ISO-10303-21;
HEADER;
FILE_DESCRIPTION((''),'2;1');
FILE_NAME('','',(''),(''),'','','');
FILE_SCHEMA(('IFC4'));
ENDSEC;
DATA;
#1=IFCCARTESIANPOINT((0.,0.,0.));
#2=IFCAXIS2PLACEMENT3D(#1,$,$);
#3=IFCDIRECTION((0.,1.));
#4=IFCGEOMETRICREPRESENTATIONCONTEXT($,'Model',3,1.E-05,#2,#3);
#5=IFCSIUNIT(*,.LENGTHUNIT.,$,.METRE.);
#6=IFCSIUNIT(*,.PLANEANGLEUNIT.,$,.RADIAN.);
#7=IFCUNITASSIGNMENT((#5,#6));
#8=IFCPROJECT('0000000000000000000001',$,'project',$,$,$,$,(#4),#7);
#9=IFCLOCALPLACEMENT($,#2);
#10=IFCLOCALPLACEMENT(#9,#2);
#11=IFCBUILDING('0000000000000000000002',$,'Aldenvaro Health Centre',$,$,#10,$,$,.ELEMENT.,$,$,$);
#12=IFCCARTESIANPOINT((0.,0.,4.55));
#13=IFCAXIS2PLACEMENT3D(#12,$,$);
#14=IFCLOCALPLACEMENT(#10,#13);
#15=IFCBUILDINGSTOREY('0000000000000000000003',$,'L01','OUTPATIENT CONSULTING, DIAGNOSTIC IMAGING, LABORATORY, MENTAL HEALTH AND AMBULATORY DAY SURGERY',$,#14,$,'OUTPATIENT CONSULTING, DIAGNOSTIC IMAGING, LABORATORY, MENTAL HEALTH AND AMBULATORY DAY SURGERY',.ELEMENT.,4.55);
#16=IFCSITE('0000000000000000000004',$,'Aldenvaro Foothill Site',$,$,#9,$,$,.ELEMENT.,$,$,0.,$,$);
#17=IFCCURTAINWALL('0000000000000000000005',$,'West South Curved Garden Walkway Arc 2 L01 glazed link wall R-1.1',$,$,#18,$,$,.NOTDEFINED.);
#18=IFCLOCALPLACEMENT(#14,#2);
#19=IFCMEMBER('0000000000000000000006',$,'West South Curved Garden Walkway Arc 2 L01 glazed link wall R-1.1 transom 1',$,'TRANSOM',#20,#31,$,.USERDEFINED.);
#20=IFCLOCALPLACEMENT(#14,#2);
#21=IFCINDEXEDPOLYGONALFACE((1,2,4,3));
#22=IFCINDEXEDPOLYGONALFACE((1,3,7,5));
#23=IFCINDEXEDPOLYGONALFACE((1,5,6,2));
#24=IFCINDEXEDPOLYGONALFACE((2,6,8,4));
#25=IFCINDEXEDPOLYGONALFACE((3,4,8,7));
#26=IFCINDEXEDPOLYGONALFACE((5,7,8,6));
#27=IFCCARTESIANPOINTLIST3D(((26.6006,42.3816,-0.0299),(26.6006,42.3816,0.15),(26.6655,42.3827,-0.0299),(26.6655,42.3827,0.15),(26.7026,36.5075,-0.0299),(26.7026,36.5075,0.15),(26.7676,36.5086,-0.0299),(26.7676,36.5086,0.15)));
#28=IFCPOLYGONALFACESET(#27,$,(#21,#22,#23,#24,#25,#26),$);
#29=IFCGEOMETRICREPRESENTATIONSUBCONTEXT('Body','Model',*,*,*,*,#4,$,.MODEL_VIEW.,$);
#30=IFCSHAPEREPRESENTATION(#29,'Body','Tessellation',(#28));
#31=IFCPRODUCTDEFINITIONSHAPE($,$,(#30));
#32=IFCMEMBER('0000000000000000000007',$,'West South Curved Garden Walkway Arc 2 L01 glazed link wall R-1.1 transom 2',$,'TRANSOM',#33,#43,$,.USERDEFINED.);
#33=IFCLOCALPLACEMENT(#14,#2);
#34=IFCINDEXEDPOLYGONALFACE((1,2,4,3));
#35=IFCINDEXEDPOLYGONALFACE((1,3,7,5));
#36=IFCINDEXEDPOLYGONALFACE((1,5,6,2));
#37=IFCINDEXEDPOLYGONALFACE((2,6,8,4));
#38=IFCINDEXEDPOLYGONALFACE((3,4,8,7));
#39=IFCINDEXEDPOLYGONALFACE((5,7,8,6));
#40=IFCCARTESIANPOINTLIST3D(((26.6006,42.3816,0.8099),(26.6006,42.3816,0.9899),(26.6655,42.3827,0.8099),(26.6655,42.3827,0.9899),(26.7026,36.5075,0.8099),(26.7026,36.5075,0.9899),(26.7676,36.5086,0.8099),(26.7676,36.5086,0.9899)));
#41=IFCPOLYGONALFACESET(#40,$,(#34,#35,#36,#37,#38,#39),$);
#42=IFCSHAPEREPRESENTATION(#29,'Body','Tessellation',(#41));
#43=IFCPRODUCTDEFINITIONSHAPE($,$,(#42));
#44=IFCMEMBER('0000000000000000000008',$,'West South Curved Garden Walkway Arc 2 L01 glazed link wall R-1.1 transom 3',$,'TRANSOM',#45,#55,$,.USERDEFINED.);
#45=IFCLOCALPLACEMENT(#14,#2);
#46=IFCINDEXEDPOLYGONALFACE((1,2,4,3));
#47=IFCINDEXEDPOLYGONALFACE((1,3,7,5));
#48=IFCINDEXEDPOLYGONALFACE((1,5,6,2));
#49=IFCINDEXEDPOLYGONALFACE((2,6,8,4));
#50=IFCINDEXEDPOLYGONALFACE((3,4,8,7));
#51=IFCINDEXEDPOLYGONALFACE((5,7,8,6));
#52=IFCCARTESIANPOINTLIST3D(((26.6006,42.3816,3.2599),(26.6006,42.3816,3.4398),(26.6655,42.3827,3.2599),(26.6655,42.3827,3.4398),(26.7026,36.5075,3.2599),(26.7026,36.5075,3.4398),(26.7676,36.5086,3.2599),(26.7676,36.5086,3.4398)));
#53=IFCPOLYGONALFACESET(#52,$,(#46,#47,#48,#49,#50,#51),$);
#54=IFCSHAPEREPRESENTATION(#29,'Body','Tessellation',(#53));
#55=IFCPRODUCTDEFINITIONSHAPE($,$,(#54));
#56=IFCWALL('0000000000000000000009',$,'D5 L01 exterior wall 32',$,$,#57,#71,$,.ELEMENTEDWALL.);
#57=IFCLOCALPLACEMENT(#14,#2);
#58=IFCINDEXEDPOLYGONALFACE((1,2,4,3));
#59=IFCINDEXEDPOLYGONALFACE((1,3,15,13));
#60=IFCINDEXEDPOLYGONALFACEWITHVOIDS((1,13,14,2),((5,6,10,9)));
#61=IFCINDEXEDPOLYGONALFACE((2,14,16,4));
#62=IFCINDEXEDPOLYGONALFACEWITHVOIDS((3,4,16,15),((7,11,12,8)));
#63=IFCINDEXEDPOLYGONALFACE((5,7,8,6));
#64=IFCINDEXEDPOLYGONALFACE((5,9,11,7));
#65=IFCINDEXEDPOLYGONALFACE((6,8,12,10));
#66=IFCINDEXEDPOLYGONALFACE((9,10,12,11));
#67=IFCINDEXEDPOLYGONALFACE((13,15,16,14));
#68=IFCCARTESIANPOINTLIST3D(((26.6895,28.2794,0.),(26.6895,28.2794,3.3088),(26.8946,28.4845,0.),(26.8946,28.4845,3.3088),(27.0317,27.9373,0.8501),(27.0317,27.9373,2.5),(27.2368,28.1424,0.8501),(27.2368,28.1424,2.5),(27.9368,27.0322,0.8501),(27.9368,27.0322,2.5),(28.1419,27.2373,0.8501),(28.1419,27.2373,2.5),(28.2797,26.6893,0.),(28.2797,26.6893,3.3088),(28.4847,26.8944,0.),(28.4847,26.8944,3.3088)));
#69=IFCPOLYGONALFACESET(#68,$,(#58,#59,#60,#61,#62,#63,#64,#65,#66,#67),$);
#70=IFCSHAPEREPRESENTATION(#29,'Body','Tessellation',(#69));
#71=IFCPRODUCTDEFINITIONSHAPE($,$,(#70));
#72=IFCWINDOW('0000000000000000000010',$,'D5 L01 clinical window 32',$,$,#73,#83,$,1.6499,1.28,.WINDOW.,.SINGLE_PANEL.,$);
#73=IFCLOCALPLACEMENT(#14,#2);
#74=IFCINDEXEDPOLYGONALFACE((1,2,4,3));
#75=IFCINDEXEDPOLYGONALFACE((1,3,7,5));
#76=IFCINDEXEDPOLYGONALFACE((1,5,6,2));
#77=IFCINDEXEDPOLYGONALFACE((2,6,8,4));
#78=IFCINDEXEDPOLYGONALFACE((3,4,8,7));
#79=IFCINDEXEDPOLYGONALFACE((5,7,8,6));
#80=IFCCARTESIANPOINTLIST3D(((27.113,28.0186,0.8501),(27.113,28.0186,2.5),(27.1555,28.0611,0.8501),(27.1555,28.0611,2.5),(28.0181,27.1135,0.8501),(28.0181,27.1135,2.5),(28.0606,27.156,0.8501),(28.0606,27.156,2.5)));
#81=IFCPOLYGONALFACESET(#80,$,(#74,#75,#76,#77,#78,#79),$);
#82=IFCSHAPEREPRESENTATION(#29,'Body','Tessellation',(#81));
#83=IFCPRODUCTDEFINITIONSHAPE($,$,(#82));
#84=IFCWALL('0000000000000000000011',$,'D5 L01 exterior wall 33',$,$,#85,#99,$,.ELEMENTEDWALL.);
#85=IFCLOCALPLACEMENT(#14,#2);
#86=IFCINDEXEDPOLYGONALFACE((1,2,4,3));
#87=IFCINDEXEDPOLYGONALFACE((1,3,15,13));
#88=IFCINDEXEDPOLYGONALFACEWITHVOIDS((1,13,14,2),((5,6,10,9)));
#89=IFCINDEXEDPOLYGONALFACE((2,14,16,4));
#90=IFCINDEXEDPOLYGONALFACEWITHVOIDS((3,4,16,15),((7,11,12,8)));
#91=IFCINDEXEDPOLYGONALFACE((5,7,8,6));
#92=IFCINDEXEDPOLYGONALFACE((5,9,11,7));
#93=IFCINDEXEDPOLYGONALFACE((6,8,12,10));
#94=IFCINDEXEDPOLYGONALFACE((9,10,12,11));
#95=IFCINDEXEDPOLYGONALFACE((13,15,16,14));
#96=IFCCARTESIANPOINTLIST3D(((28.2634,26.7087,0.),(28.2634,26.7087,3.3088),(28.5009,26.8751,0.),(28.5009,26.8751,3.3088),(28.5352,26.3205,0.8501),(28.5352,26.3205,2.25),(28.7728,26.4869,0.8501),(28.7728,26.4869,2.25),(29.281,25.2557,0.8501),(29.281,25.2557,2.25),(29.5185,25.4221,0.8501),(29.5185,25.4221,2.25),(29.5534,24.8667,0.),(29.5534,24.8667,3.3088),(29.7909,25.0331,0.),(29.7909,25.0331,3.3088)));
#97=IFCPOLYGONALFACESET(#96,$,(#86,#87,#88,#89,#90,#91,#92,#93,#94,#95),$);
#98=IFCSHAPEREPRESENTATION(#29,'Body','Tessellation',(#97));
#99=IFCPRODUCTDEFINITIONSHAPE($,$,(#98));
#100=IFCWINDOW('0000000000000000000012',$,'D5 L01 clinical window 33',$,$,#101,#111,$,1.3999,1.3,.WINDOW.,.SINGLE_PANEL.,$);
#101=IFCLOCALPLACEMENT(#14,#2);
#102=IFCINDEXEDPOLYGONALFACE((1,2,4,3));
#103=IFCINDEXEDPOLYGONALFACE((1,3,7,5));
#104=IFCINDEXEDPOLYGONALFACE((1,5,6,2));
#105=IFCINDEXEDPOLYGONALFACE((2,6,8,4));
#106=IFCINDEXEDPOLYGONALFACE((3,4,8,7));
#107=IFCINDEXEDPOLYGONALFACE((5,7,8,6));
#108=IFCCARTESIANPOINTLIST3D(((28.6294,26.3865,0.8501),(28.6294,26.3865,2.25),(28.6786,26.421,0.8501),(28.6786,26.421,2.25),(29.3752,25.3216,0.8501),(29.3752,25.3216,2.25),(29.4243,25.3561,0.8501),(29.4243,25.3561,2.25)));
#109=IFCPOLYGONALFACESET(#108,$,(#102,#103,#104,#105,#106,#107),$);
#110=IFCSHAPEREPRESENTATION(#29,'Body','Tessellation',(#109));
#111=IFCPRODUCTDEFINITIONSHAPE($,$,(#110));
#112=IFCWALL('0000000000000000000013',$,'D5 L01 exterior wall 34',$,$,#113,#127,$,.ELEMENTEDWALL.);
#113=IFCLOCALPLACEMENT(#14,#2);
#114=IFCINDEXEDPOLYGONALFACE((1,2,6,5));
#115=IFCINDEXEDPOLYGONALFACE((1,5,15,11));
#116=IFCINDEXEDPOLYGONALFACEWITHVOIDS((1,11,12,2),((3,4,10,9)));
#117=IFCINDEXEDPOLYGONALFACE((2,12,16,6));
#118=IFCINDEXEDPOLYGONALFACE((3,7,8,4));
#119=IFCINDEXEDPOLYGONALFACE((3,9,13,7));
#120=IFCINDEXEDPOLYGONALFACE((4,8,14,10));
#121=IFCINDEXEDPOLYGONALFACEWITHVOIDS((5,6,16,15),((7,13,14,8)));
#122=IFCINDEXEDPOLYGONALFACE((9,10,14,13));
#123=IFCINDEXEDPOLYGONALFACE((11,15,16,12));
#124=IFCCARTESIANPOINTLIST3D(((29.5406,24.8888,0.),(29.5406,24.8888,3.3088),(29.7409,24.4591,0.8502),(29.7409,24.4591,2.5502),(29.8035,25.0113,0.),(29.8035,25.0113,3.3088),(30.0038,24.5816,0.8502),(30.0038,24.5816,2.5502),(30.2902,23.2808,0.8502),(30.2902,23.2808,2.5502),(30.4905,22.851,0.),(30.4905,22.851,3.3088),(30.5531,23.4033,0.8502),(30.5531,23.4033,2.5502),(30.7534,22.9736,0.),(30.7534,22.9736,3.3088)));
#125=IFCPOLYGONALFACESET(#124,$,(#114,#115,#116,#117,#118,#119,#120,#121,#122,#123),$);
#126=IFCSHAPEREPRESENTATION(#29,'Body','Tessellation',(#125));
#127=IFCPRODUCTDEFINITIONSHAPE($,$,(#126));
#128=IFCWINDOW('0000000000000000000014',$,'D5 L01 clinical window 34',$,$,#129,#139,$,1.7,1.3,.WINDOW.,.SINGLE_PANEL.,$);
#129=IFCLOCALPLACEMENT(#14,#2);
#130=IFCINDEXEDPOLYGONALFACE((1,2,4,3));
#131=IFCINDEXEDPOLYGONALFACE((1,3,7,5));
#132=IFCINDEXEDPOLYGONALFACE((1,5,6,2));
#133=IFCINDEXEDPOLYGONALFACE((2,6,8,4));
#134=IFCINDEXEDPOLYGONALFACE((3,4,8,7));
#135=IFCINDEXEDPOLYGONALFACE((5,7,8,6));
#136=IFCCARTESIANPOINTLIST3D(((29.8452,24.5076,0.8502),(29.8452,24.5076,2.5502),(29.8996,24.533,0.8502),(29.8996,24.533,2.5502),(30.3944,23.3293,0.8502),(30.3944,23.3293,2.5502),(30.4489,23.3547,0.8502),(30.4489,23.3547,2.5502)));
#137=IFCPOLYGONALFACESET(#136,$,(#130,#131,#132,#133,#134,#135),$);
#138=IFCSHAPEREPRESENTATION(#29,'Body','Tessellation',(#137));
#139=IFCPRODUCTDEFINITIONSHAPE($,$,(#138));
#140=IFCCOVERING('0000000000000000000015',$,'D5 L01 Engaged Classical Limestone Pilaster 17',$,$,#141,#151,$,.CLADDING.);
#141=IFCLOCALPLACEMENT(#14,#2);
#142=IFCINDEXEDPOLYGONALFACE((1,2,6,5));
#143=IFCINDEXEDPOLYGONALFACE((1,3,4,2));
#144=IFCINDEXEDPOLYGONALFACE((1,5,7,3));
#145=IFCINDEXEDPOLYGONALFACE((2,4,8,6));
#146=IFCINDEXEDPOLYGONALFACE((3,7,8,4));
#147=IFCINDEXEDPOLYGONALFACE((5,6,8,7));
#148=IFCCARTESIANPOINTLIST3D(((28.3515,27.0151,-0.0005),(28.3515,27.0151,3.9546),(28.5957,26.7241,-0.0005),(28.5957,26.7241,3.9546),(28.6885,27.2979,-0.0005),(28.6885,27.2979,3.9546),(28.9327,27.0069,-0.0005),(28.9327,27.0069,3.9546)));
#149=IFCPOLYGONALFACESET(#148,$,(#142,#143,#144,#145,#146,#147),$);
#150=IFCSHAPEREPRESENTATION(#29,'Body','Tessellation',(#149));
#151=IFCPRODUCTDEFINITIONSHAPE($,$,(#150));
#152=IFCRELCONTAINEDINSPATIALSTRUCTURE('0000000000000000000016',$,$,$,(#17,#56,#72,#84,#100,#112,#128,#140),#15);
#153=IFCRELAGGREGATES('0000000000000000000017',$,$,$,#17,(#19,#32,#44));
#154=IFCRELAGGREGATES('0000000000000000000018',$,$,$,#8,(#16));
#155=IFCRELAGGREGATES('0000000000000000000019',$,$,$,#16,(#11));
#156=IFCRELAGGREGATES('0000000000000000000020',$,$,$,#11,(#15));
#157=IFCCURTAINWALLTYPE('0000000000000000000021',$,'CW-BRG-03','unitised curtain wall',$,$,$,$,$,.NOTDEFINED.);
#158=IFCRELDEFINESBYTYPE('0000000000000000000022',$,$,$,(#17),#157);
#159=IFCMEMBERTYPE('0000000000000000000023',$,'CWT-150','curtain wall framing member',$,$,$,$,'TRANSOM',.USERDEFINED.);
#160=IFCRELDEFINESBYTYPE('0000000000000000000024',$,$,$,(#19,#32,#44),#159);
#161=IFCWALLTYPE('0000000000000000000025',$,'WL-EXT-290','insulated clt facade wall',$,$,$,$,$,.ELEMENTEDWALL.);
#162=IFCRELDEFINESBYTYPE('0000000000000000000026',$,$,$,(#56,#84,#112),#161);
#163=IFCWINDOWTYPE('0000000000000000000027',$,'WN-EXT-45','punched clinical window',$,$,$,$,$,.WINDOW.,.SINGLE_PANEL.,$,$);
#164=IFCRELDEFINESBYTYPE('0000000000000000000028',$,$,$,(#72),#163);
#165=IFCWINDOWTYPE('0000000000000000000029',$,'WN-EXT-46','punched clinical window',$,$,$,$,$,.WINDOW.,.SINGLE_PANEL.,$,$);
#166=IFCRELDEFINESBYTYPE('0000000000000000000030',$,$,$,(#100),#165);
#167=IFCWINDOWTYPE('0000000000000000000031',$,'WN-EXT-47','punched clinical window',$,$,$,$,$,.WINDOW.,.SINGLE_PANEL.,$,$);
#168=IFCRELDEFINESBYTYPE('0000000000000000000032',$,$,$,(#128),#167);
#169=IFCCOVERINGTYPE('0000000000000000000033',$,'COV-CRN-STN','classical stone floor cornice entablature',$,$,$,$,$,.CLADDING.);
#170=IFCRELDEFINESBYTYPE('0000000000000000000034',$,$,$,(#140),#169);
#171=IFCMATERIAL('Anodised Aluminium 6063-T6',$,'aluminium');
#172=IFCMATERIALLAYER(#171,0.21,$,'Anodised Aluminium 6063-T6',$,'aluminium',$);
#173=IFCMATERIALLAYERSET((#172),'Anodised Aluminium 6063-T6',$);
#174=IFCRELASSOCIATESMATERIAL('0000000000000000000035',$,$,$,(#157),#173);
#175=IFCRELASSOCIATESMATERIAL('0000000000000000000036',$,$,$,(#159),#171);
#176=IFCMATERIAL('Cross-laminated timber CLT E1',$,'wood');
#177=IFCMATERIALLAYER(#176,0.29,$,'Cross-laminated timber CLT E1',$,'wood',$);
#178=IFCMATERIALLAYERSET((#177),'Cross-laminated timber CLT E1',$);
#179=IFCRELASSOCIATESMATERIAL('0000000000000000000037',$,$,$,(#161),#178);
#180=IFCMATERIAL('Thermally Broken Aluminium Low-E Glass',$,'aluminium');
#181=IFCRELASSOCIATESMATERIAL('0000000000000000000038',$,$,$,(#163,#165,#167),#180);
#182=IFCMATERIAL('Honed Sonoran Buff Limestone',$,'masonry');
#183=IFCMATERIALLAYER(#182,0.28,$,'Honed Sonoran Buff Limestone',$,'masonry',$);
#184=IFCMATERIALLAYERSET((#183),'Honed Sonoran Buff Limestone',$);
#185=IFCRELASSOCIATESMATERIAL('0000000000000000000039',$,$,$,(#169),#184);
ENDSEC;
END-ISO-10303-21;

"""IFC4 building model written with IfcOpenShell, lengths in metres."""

from ifc_helpers import new_model, si_unit, direction, frame, frame_2d, origin, origin_2d, place, context, subcontext, project, spatial, rectangle, extrude, material, layer, layer_set, material_profile, profile_set, type_object, element, fill, aggregate, save


model = new_model("IFC4")

# Units and contexts
model_context = context("Model", 3, precision=1e-05, world=origin(), true_north=direction((0.0, 1.0)))
body_context = subcontext(model_context, "Body", "Model", "MODEL_VIEW")
ifc_project = project(units=[si_unit("LENGTHUNIT", "METRE"), si_unit("PLANEANGLEUNIT", "RADIAN")], contexts=[model_context])

# Site, building, storey
site_placement = place(None, origin())
site = spatial("IfcSite", under=ifc_project, at=site_placement, Name="Aldenvaro Foothill Site", CompositionType="ELEMENT", RefElevation=0.0)
building_placement = place(site_placement, origin())
building = spatial("IfcBuilding", under=site, at=building_placement, Name="Aldenvaro Health Centre", CompositionType="ELEMENT")
storey_placement = place(building_placement, frame((0.0, 0.0, 4.55)))
storey = spatial("IfcBuildingStorey", under=building, at=storey_placement, Name="L01", Description="OUTPATIENT CONSULTING, DIAGNOSTIC IMAGING, LABORATORY, MENTAL HEALTH AND AMBULATORY DAY SURGERY", LongName="OUTPATIENT CONSULTING, DIAGNOSTIC IMAGING, LABORATORY, MENTAL HEALTH AND AMBULATORY DAY SURGERY", CompositionType="ELEMENT", Elevation=4.55)

# Curtain wall
ifc_material_1 = material(Name="Anodised Aluminium 6063-T6", Category="aluminium")
ifc_layer_1 = layer(ifc_material_1, 0.21, Name="Anodised Aluminium 6063-T6", Category="aluminium")
ifc_layer_set_1 = layer_set([ifc_layer_1], Name="Anodised Aluminium 6063-T6")
curtain_wall_type_1 = type_object("IfcCurtainWallType", Name="CW-BRG-03", Description="unitised curtain wall", PredefinedType="NOTDEFINED", material=ifc_layer_set_1)
curtain_wall_1_placement = place(storey_placement, origin())
curtain_wall_1 = element("IfcCurtainWall", 1, at=curtain_wall_1_placement, inside=storey, type_object=curtain_wall_type_1, Name="West South Curved Garden Walkway Arc 2 L01 glazed link wall R-1.1", PredefinedType="NOTDEFINED")

# Members
ifc_material_profile_1 = material_profile(ifc_material_1, rectangle(XDim=0.0649, YDim=0.1799, at=origin_2d()), Name="ALU 65x180", Category="aluminium")
ifc_profile_set_1 = profile_set([ifc_material_profile_1], Name="Anodised Aluminium 6063-T6")
member_type_1 = type_object("IfcMemberType", Name="CWT-150", Description="curtain wall framing member", ElementType="TRANSOM", PredefinedType="USERDEFINED", material=ifc_profile_set_1)
member_1_placement = place(storey_placement, frame((26.7351, 36.5081, 0.0601), z_axis=(-0.017371, 0.999849, 0.0), x_axis=(-0.999849, -0.017371, 0.0)))
member_1 = element("IfcMember", 2, at=member_1_placement, type_object=member_type_1, Name="West South Curved Garden Walkway Arc 2 L01 glazed link wall R-1.1 transom 1", ObjectType="TRANSOM", PredefinedType="USERDEFINED", context=body_context, shape_type="SweptSolid", body=[
    extrude(rectangle(XDim=0.0649, YDim=0.1799, at=origin_2d()), origin(), (0.0, 0.0, 1.0), 5.875),
])
member_2_placement = place(storey_placement, frame((26.7351, 36.5081, 0.8999), z_axis=(-0.017371, 0.999849, 0.0), x_axis=(-0.999849, -0.017371, 0.0)))
member_2 = element("IfcMember", 3, at=member_2_placement, type_object=member_type_1, Name="West South Curved Garden Walkway Arc 2 L01 glazed link wall R-1.1 transom 2", ObjectType="TRANSOM", PredefinedType="USERDEFINED", context=body_context, shape_type="SweptSolid", body=[
    extrude(rectangle(XDim=0.0649, YDim=0.1799, at=origin_2d()), origin(), (0.0, 0.0, 1.0), 5.875),
])
member_3_placement = place(storey_placement, frame((26.7351, 36.5081, 3.3499), z_axis=(-0.017371, 0.999849, 0.0), x_axis=(-0.999849, -0.017371, 0.0)))
member_3 = element("IfcMember", 4, at=member_3_placement, type_object=member_type_1, Name="West South Curved Garden Walkway Arc 2 L01 glazed link wall R-1.1 transom 3", ObjectType="TRANSOM", PredefinedType="USERDEFINED", context=body_context, shape_type="SweptSolid", body=[
    extrude(rectangle(XDim=0.0649, YDim=0.1799, at=origin_2d()), origin(), (0.0, 0.0, 1.0), 5.875),
])
aggregate(curtain_wall_1, [member_1, member_2, member_3])

# Walls, openings, windows
ifc_material_2 = material(Name="Cross-laminated timber CLT E1", Category="wood")
ifc_layer_2 = layer(ifc_material_2, 0.29, Name="Cross-laminated timber CLT E1", Category="wood")
ifc_layer_set_2 = layer_set([ifc_layer_2], Name="Cross-laminated timber CLT E1")
wall_type = type_object("IfcWallType", Name="WL-EXT-290", Description="insulated clt facade wall", PredefinedType="ELEMENTEDWALL", material=ifc_layer_set_2)
wall_1_placement = place(storey_placement, frame((26.792, 28.3821, 0.0), z_axis=(0.0, 0.0, 1.0), x_axis=(0.707107, -0.707107, 0.0)))
wall_1 = element("IfcWall", 5, at=wall_1_placement, inside=storey, type_object=wall_type, Name="D5 L01 exterior wall 32", PredefinedType="ELEMENTEDWALL", context=body_context, shape_type="SweptSolid", body=[
    extrude(rectangle(XDim=2.2488, YDim=0.29, at=frame_2d((1.1245, 0.0))), origin(), (0.0, 0.0, 1.0), 3.3088),
])
opening_1_placement = place(wall_1_placement, frame((0.4839, 0.0, 0.8501)))
opening_1 = element("IfcOpeningElement", 6, at=opening_1_placement, cuts=wall_1, PredefinedType="OPENING", context=body_context, shape_type="SweptSolid", body=[
    extrude(rectangle(XDim=1.28, YDim=1.6499, at=frame_2d((0.6401, 0.825))), frame((0.0, 0.155, 0.0), z_axis=(0.0, -1.0, 0.0), x_axis=(1.0, 0.0, 0.0)), (0.0, 0.0, 1.0), 0.3101),
])
ifc_material_3 = material(Name="Thermally Broken Aluminium Low-E Glass", Category="aluminium")
window_type_1 = type_object("IfcWindowType", Name="WN-EXT-45", Description="punched clinical window", PartitioningType="SINGLE_PANEL", PredefinedType="WINDOW", material=ifc_material_3)
window_1_placement = place(opening_1_placement, origin())
window_1 = element("IfcWindow", 7, at=window_1_placement, inside=storey, type_object=window_type_1, Name="D5 L01 clinical window 32", OverallHeight=1.6499, OverallWidth=1.28, PartitioningType="SINGLE_PANEL", PredefinedType="WINDOW", context=body_context, shape_type="SweptSolid", body=[
    extrude(rectangle(XDim=1.28, YDim=1.6499, at=frame_2d((0.6401, 0.825))), frame((0.0, 0.03, 0.0), z_axis=(0.0, -1.0, 0.0), x_axis=(1.0, 0.0, 0.0)), (0.0, 0.0, 1.0), 0.0601),
])
fill(opening_1, window_1)
wall_2_placement = place(storey_placement, frame((28.3821, 26.792, 0.0), z_axis=(0.0, 0.0, 1.0), x_axis=(0.573644, -0.819104, 0.0)))
wall_2 = element("IfcWall", 8, at=wall_2_placement, inside=storey, type_object=wall_type, Name="D5 L01 exterior wall 33", PredefinedType="ELEMENTEDWALL", context=body_context, shape_type="SweptSolid", body=[
    extrude(rectangle(XDim=2.2488, YDim=0.29, at=frame_2d((1.1245, 0.0))), origin(), (0.0, 0.0, 1.0), 3.3088),
])
opening_2_placement = place(wall_2_placement, frame((0.4741, 0.0, 0.8501)))
opening_2 = element("IfcOpeningElement", 9, at=opening_2_placement, cuts=wall_2, PredefinedType="OPENING", context=body_context, shape_type="SweptSolid", body=[
    extrude(rectangle(XDim=1.3, YDim=1.3999, at=frame_2d((0.6499, 0.7))), frame((0.0, 0.155, 0.0), z_axis=(0.0, -1.0, 0.0), x_axis=(1.0, 0.0, 0.0)), (0.0, 0.0, 1.0), 0.3101),
])
window_type_2 = type_object("IfcWindowType", Name="WN-EXT-46", Description="punched clinical window", PartitioningType="SINGLE_PANEL", PredefinedType="WINDOW", material=ifc_material_3)
window_2_placement = place(opening_2_placement, origin())
window_2 = element("IfcWindow", 10, at=window_2_placement, inside=storey, type_object=window_type_2, Name="D5 L01 clinical window 33", OverallHeight=1.3999, OverallWidth=1.3, PartitioningType="SINGLE_PANEL", PredefinedType="WINDOW", context=body_context, shape_type="SweptSolid", body=[
    extrude(rectangle(XDim=1.3, YDim=1.3999, at=frame_2d((0.6499, 0.7))), frame((0.0, 0.03, 0.0), z_axis=(0.0, -1.0, 0.0), x_axis=(1.0, 0.0, 0.0)), (0.0, 0.0, 1.0), 0.0601),
])
fill(opening_2, window_2)
wall_3_placement = place(storey_placement, frame((29.6721, 24.95, 0.0), z_axis=(0.0, 0.0, 1.0), x_axis=(0.422505, -0.906361, 0.0)))
wall_3 = element("IfcWall", 11, at=wall_3_placement, inside=storey, type_object=wall_type, Name="D5 L01 exterior wall 34", PredefinedType="ELEMENTEDWALL", context=body_context, shape_type="SweptSolid", body=[
    extrude(rectangle(XDim=2.2483, YDim=0.29, at=frame_2d((1.124, 0.0))), origin(), (0.0, 0.0, 1.0), 3.3088),
])
opening_3_placement = place(wall_3_placement, frame((0.4741, 0.0, 0.8501)))
opening_3 = element("IfcOpeningElement", 12, at=opening_3_placement, cuts=wall_3, PredefinedType="OPENING", context=body_context, shape_type="SweptSolid", body=[
    extrude(rectangle(XDim=1.3, YDim=1.7, at=frame_2d((0.6499, 0.8501))), frame((0.0, 0.155, 0.0), z_axis=(0.0, -1.0, 0.0), x_axis=(1.0, 0.0, 0.0)), (0.0, 0.0, 1.0), 0.3101),
])
window_type_3 = type_object("IfcWindowType", Name="WN-EXT-47", Description="punched clinical window", PartitioningType="SINGLE_PANEL", PredefinedType="WINDOW", material=ifc_material_3)
window_3_placement = place(opening_3_placement, origin())
window_3 = element("IfcWindow", 13, at=window_3_placement, inside=storey, type_object=window_type_3, Name="D5 L01 clinical window 34", OverallHeight=1.7, OverallWidth=1.3, PartitioningType="SINGLE_PANEL", PredefinedType="WINDOW", context=body_context, shape_type="SweptSolid", body=[
    extrude(rectangle(XDim=1.3, YDim=1.7, at=frame_2d((0.6499, 0.8501))), frame((0.0, 0.03, 0.0), z_axis=(0.0, -1.0, 0.0), x_axis=(1.0, 0.0, 0.0)), (0.0, 0.0, 1.0), 0.0601),
])
fill(opening_3, window_3)

# Covering
ifc_material_4 = material(Name="Honed Sonoran Buff Limestone", Category="masonry")
ifc_layer_3 = layer(ifc_material_4, 0.28, Name="Honed Sonoran Buff Limestone", Category="masonry")
ifc_layer_set_3 = layer_set([ifc_layer_3], Name="Honed Sonoran Buff Limestone")
covering_type = type_object("IfcCoveringType", Name="COV-CRN-STN", Description="classical stone floor cornice entablature", PredefinedType="CLADDING", material=ifc_layer_set_3)
covering_placement = place(storey_placement, frame((28.6421, 27.011, -0.0005), z_axis=(0.0, 0.0, 1.0), x_axis=(0.766044, 0.642788, 0.0)))
element("IfcCovering", 14, at=covering_placement, inside=storey, type_object=covering_type, Name="D5 L01 Engaged Classical Limestone Pilaster 17", PredefinedType="CLADDING", context=body_context, shape_type="SweptSolid", body=[
    extrude(rectangle(XDim=0.4399, YDim=0.3799, at=origin_2d()), origin(), (0.0, 0.0, 1.0), 3.9551),
])

save(model, "model.ifc")
